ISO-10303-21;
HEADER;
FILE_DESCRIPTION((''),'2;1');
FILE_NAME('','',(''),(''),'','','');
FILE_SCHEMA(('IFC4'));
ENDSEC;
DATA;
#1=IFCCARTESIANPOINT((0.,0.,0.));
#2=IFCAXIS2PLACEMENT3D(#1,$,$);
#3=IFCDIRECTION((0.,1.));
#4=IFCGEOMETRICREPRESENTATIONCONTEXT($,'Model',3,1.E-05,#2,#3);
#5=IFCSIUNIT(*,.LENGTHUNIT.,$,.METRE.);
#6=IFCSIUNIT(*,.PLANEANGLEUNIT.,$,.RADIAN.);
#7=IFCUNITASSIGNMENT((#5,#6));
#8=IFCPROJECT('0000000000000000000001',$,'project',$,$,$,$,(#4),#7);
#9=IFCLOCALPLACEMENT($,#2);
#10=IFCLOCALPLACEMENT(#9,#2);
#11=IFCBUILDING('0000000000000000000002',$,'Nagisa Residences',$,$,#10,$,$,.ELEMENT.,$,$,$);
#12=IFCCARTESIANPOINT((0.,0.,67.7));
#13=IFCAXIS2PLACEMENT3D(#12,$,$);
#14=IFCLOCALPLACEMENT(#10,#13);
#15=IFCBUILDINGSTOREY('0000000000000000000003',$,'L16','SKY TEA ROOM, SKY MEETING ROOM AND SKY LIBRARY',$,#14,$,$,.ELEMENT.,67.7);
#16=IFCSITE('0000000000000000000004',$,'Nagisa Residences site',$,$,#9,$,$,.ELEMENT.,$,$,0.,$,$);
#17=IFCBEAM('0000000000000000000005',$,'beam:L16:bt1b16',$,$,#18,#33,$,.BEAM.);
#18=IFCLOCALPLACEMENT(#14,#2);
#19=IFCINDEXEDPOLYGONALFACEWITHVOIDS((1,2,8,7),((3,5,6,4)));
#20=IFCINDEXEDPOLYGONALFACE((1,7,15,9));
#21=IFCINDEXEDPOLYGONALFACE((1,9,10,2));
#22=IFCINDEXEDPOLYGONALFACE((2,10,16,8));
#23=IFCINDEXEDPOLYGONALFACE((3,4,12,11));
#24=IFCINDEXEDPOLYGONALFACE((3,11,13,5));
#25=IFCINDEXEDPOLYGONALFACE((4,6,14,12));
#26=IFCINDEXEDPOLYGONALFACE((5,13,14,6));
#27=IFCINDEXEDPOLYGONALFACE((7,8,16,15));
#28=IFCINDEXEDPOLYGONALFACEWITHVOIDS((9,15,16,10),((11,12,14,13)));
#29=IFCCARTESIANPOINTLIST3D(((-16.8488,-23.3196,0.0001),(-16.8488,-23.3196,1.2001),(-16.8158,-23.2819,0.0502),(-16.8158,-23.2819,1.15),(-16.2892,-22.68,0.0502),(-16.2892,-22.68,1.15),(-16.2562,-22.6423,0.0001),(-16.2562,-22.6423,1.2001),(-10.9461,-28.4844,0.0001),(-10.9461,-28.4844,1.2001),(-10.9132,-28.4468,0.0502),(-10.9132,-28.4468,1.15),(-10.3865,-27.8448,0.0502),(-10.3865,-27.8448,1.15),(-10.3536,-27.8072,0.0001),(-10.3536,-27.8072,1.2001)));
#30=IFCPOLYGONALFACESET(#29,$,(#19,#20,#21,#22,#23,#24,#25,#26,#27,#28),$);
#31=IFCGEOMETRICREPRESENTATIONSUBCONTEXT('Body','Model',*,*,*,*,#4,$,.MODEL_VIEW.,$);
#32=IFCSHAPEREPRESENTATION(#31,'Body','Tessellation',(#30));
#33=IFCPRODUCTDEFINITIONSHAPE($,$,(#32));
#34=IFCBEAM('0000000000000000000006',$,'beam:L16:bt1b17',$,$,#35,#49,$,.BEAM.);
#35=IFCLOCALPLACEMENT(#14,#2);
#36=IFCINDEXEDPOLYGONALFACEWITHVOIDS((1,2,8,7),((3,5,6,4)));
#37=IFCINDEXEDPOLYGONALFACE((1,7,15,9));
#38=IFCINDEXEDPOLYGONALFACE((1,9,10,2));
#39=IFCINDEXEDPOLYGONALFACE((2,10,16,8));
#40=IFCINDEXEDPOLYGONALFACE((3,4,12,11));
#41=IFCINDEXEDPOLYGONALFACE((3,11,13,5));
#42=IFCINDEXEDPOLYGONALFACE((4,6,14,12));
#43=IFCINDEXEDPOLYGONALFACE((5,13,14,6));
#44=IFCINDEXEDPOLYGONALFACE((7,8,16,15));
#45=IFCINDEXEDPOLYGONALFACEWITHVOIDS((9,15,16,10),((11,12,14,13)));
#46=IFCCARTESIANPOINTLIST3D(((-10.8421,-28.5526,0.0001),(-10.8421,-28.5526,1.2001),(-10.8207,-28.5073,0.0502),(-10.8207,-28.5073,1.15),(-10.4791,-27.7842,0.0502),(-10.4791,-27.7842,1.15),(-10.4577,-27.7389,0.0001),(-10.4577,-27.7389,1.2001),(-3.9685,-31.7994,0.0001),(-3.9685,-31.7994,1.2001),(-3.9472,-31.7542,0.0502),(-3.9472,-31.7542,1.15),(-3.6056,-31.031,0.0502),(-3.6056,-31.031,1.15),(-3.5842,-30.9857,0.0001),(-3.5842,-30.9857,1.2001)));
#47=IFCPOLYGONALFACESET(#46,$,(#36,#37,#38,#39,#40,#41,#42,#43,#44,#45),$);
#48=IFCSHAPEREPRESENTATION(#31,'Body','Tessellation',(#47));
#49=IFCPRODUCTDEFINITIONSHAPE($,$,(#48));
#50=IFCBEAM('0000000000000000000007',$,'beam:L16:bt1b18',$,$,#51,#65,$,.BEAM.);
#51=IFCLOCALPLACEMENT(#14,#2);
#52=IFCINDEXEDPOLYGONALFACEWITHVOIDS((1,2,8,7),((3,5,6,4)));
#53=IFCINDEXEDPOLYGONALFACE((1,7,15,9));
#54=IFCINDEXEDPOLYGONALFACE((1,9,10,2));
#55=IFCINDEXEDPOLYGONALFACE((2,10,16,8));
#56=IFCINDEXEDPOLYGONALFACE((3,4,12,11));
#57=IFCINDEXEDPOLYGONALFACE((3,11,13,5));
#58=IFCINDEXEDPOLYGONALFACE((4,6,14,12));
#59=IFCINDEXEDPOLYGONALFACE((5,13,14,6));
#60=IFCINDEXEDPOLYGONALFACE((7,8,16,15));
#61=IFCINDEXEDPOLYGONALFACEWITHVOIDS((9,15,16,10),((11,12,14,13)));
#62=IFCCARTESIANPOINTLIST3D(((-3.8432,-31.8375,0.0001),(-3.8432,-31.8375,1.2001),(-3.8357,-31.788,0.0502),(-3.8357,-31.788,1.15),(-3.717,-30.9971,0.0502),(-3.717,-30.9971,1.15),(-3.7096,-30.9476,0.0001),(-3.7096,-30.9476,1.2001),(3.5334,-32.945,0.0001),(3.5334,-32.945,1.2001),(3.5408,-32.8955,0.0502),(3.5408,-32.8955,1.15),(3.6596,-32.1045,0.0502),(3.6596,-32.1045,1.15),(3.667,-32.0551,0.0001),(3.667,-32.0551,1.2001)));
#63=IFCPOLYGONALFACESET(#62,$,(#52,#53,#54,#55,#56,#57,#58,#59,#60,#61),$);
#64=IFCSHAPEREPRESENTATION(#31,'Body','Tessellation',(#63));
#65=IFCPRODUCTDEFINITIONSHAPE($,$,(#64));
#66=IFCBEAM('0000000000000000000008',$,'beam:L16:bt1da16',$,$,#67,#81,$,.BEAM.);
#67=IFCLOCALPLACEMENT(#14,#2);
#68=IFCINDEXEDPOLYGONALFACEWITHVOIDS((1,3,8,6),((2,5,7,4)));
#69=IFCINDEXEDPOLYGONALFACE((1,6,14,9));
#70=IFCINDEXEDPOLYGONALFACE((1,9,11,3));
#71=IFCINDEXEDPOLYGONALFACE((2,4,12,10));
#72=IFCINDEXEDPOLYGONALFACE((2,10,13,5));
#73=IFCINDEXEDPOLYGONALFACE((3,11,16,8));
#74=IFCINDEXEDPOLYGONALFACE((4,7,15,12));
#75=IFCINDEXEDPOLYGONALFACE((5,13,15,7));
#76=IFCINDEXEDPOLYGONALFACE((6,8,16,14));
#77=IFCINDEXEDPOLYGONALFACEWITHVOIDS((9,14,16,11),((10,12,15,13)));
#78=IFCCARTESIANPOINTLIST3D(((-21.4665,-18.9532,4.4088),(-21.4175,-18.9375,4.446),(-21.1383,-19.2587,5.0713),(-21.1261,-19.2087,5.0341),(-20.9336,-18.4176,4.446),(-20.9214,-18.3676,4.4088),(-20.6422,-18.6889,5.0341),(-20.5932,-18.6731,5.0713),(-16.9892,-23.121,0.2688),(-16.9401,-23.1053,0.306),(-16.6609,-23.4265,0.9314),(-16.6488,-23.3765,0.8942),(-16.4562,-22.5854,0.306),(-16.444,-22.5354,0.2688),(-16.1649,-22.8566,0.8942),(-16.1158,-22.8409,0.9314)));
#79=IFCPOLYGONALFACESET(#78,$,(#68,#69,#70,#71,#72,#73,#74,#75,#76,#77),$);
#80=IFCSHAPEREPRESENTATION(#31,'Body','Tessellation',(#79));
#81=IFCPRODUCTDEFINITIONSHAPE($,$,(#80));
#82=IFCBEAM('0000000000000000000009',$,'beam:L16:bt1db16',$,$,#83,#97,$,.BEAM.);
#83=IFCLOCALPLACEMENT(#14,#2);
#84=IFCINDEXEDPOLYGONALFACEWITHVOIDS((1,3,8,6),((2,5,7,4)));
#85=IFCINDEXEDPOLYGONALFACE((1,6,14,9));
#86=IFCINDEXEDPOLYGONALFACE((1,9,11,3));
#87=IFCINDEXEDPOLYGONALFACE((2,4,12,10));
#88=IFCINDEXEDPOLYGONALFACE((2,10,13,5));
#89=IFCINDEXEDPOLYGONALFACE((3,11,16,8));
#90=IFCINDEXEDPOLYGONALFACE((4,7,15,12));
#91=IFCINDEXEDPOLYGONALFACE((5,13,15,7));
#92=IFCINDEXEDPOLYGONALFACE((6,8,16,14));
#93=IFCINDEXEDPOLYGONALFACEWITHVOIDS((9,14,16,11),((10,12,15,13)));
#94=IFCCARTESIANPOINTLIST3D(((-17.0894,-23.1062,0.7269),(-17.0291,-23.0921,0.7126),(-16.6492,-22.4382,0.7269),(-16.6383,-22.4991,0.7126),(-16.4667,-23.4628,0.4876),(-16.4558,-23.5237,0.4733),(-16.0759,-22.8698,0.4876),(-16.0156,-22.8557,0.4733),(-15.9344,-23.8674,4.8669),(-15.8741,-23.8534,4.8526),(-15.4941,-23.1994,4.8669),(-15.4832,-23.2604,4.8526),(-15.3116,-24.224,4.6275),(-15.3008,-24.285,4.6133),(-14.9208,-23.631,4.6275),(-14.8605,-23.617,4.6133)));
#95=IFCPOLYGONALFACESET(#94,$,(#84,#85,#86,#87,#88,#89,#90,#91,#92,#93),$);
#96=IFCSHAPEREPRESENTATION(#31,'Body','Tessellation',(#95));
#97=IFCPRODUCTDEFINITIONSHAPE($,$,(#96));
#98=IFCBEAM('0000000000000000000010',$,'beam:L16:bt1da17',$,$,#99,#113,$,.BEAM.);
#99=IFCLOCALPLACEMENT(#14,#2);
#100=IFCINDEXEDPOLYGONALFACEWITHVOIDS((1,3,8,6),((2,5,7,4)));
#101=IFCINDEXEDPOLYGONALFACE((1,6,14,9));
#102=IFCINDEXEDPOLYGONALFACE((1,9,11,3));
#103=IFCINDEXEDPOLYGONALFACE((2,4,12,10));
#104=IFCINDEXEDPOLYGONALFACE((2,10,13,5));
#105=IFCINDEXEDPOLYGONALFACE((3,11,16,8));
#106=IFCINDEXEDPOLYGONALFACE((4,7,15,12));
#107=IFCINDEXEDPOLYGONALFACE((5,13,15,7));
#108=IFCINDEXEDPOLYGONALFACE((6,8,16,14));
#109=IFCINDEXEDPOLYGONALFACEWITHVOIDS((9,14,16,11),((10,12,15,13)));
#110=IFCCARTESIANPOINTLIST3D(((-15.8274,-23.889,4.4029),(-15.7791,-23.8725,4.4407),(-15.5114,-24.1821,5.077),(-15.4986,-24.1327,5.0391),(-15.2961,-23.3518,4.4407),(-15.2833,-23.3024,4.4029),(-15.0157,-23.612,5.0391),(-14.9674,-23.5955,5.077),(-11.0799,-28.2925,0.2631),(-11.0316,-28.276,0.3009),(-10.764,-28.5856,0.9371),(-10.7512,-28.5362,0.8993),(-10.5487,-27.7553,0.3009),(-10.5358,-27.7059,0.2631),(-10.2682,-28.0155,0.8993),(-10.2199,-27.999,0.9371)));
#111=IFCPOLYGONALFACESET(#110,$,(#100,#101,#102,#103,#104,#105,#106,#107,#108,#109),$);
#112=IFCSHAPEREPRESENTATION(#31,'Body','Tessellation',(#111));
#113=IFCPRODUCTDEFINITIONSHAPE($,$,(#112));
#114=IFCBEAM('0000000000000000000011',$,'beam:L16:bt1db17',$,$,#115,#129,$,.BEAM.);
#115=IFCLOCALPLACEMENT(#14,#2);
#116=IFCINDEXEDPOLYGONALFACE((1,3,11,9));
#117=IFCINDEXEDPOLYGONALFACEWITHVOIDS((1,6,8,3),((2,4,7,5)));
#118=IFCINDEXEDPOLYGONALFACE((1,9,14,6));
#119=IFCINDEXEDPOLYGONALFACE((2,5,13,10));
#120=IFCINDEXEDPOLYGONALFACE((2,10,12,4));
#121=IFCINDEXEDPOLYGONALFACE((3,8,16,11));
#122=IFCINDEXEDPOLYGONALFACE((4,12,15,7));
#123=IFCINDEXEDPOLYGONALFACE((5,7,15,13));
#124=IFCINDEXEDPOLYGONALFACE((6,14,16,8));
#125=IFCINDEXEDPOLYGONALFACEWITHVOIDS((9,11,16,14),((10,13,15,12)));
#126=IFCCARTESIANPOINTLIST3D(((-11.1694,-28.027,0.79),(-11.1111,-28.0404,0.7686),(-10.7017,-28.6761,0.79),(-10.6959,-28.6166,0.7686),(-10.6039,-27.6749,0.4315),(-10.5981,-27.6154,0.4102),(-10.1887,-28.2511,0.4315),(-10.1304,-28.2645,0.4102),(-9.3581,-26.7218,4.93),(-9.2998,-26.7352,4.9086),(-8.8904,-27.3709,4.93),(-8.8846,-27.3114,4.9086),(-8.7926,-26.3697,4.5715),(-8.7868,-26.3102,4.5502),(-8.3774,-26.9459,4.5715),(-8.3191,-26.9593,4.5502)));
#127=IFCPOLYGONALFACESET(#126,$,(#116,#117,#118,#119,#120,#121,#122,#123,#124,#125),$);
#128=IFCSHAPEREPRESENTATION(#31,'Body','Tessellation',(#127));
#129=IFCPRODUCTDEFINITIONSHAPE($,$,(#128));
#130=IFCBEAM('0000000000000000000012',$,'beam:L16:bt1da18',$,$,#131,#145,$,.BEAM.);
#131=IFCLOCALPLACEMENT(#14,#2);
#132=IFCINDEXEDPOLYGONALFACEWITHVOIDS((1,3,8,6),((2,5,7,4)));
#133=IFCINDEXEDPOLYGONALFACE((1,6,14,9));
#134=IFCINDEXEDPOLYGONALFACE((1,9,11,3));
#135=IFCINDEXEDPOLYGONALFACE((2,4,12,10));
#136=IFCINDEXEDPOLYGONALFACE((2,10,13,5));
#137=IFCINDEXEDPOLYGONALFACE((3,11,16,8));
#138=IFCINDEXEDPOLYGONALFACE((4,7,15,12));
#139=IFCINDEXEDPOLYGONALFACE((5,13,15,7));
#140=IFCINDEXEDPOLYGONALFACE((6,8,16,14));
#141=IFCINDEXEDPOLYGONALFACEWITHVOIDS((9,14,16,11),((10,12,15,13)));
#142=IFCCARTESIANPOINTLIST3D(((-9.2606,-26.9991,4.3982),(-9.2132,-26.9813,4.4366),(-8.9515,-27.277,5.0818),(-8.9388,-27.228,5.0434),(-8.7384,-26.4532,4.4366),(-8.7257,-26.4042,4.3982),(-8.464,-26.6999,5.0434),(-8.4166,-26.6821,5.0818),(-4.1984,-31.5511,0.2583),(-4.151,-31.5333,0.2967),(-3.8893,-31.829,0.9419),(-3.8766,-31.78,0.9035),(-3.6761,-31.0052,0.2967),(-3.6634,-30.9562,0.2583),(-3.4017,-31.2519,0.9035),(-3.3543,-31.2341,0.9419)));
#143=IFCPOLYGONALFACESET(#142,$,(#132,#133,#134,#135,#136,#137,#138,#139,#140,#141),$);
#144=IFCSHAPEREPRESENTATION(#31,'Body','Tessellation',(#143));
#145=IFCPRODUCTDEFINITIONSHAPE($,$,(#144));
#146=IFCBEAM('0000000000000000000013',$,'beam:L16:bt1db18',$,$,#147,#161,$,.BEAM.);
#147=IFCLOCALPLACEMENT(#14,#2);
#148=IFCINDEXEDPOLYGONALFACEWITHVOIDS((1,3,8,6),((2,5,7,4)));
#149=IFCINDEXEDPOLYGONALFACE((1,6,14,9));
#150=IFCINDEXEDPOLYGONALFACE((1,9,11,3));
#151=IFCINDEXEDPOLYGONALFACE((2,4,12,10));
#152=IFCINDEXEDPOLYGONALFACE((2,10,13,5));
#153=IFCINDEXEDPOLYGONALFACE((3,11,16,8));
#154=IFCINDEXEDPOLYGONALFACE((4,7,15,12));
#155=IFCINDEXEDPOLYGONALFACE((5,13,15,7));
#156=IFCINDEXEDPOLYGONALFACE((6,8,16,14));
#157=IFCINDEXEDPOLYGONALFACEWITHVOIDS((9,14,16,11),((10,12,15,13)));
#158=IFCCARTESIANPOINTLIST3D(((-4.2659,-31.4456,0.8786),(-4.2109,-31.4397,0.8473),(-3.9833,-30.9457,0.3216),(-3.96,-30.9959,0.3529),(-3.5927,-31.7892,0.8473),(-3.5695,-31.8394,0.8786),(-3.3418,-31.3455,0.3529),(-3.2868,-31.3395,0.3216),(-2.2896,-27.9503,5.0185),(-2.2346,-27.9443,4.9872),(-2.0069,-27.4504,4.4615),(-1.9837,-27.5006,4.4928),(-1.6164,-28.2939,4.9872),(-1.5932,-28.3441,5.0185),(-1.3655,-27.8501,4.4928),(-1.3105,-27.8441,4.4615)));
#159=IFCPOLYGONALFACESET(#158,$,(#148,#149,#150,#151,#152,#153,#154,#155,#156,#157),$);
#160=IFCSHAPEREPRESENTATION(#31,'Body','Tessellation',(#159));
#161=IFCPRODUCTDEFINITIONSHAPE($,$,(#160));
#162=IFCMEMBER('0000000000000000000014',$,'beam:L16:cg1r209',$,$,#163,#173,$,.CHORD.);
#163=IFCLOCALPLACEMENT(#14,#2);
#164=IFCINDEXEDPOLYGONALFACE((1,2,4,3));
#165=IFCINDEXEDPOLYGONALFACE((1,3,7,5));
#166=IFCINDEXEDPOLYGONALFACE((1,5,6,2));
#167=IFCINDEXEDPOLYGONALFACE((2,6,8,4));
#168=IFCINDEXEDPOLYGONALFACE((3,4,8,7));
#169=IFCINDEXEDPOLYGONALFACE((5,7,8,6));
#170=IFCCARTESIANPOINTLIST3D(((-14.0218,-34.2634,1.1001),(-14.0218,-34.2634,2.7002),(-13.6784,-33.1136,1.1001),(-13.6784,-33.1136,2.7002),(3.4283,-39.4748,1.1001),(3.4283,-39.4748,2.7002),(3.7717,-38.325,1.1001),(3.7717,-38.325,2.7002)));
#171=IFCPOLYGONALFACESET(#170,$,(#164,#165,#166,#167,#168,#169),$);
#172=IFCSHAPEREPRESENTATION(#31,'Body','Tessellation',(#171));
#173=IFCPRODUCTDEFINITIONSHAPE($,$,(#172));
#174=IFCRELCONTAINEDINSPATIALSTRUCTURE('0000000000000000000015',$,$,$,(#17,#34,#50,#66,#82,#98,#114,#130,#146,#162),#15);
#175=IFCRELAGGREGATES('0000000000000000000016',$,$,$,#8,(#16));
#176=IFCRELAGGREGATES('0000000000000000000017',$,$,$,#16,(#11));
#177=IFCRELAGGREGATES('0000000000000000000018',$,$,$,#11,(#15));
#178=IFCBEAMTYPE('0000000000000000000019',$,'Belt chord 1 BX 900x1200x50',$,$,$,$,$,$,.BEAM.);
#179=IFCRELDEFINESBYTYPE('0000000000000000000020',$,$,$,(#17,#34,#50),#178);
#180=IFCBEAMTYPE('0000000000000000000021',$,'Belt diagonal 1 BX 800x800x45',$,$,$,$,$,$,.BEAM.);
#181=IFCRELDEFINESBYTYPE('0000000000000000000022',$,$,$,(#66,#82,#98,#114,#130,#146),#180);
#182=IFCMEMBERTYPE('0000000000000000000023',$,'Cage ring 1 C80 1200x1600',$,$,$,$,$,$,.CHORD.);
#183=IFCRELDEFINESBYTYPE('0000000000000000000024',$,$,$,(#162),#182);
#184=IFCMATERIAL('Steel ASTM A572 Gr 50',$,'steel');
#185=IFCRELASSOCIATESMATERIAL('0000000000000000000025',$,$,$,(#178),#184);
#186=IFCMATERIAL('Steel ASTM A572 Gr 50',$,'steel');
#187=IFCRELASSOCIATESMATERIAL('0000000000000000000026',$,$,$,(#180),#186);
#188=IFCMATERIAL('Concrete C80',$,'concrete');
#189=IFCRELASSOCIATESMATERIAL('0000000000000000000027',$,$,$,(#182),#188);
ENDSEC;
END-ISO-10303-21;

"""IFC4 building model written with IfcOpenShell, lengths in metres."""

from ifc_helpers import new_model, si_unit, direction, frame, origin, origin_2d, place, context, subcontext, project, spatial, rectangle, hollow_rectangle, extrude, material, material_profile, profile_set, type_object, element, save


model = new_model("IFC4")

# Units and contexts
model_context = context("Model", 3, precision=1e-05, world=origin(), true_north=direction((0.0, 1.0)))
body_context = subcontext(model_context, "Body", "Model", "MODEL_VIEW")
ifc_project = project(units=[si_unit("LENGTHUNIT", "METRE"), si_unit("PLANEANGLEUNIT", "RADIAN")], contexts=[model_context])

# Site, building, storey
site_placement = place(None, origin())
site = spatial("IfcSite", under=ifc_project, at=site_placement, Name="Nagisa Residences site", CompositionType="ELEMENT", RefElevation=0.0)
building_placement = place(site_placement, origin())
building = spatial("IfcBuilding", under=site, at=building_placement, Name="Nagisa Residences", CompositionType="ELEMENT")
storey_placement = place(building_placement, frame((0.0, 0.0, 67.7)))
storey = spatial("IfcBuildingStorey", under=building, at=storey_placement, Name="L16", Description="SKY TEA ROOM, SKY MEETING ROOM AND SKY LIBRARY", CompositionType="ELEMENT", Elevation=67.7)

# Beams
ifc_material_1 = material(Name="Steel ASTM A572 Gr 50", Category="steel")
ifc_material_profile_1 = material_profile(ifc_material_1, hollow_rectangle(XDim=0.8999, YDim=1.2, WallThickness=0.05, at=origin_2d()), Name="BX 900x1200x50")
ifc_profile_set_1 = profile_set([ifc_material_profile_1], Name="Steel ASTM A572 Gr 50")
beam_type_1 = type_object("IfcBeamType", Name="Belt chord 1 BX 900x1200x50", PredefinedType="BEAM", material=ifc_profile_set_1)
beam_1_placement = place(storey_placement, frame((-16.5525, -22.981, 0.6001), z_axis=(0.752575, -0.658507, 0.0), x_axis=(0.658507, 0.752575, 0.0)))
element("IfcBeam", 1, at=beam_1_placement, inside=storey, type_object=beam_type_1, Name="beam:L16:bt1b16", PredefinedType="BEAM", context=body_context, shape_type="SweptSolid", body=[
    extrude(hollow_rectangle(XDim=0.8999, YDim=1.2, WallThickness=0.05, at=origin_2d()), origin(), (0.0, 0.0, 1.0), 7.8433),
])
beam_2_placement = place(storey_placement, frame((-10.6499, -28.1458, 0.6001), z_axis=(0.904198, -0.427113, 0.0), x_axis=(0.427113, 0.904198, 0.0)))
element("IfcBeam", 2, at=beam_2_placement, inside=storey, type_object=beam_type_1, Name="beam:L16:bt1b17", PredefinedType="BEAM", context=body_context, shape_type="SweptSolid", body=[
    extrude(hollow_rectangle(XDim=0.8999, YDim=1.2, WallThickness=0.05, at=origin_2d()), origin(), (0.0, 0.0, 1.0), 7.6018),
])
beam_3_placement = place(storey_placement, frame((-3.7764, -31.3926, 0.6001), z_axis=(0.988918, -0.148465, 0.0), x_axis=(0.148465, 0.988918, 0.0)))
element("IfcBeam", 3, at=beam_3_placement, inside=storey, type_object=beam_type_1, Name="beam:L16:bt1b18", PredefinedType="BEAM", context=body_context, shape_type="SweptSolid", body=[
    extrude(hollow_rectangle(XDim=0.8999, YDim=1.2, WallThickness=0.05, at=origin_2d()), origin(), (0.0, 0.0, 1.0), 7.4592),
])
ifc_material_2 = material(Name="Steel ASTM A572 Gr 50", Category="steel")
ifc_material_profile_2 = material_profile(ifc_material_2, hollow_rectangle(XDim=0.8, YDim=0.8, WallThickness=0.0449, at=origin_2d()), Name="BX 800x800x45")
ifc_profile_set_2 = profile_set([ifc_material_profile_2], Name="Steel ASTM A572 Gr 50")
beam_type_2 = type_object("IfcBeamType", Name="Belt diagonal 1 BX 800x800x45", PredefinedType="BEAM", material=ifc_profile_set_2)
beam_4_placement = place(storey_placement, frame((-16.5525, -22.981, 0.6001), z_axis=(-0.606177, 0.564264, 0.560496), x_axis=(-0.681349, -0.731958, 0.0)))
element("IfcBeam", 4, at=beam_4_placement, inside=storey, type_object=beam_type_2, Name="beam:L16:bt1da16", PredefinedType="BEAM", context=body_context, shape_type="SweptSolid", body=[
    extrude(hollow_rectangle(XDim=0.8, YDim=0.8, WallThickness=0.0449, at=origin_2d()), origin(), (0.0, 0.0, 1.0), 7.3862),
])
beam_5_placement = place(storey_placement, frame((-16.5525, -22.981, 0.6001), z_axis=(0.264618, -0.174398, 0.948453), x_axis=(0.550294, 0.834971, 0.0)))
element("IfcBeam", 5, at=beam_5_placement, inside=storey, type_object=beam_type_2, Name="beam:L16:bt1db16", PredefinedType="BEAM", context=body_context, shape_type="SweptSolid", body=[
    extrude(hollow_rectangle(XDim=0.8, YDim=0.8, WallThickness=0.0449, at=origin_2d()), origin(), (0.0, 0.0, 1.0), 4.365),
])
beam_6_placement = place(storey_placement, frame((-10.6499, -28.1458, 0.6001), z_axis=(-0.617716, 0.572958, 0.538651), x_axis=(-0.680046, -0.733169, 0.0)))
element("IfcBeam", 6, at=beam_6_placement, inside=storey, type_object=beam_type_2, Name="beam:L16:bt1da17", PredefinedType="BEAM", context=body_context, shape_type="SweptSolid", body=[
    extrude(hollow_rectangle(XDim=0.8, YDim=0.8, WallThickness=0.0449, at=origin_2d()), origin(), (0.0, 0.0, 1.0), 7.6855),
])
beam_7_placement = place(storey_placement, frame((-10.6499, -28.1458, 0.6001), z_axis=(0.385092, 0.27749, 0.880172), x_axis=(-0.584616, 0.81131, 0.0)))
element("IfcBeam", 7, at=beam_7_placement, inside=storey, type_object=beam_type_2, Name="beam:L16:bt1db17", PredefinedType="BEAM", context=body_context, shape_type="SweptSolid", body=[
    extrude(hollow_rectangle(XDim=0.8, YDim=0.8, WallThickness=0.0449, at=origin_2d()), origin(), (0.0, 0.0, 1.0), 4.7036),
])
beam_8_placement = place(storey_placement, frame((-3.7764, -31.3926, 0.6001), z_axis=(-0.635339, 0.5713, 0.519578), x_axis=(-0.668638, -0.743588, 0.0)))
element("IfcBeam", 8, at=beam_8_placement, inside=storey, type_object=beam_type_2, Name="beam:L16:bt1da18", PredefinedType="BEAM", context=body_context, shape_type="SweptSolid", body=[
    extrude(hollow_rectangle(XDim=0.8, YDim=0.8, WallThickness=0.0449, at=origin_2d()), origin(), (0.0, 0.0, 1.0), 7.9678),
])
beam_9_placement = place(storey_placement, frame((-3.7764, -31.3926, 0.6001), z_axis=(0.342675, 0.606062, 0.717818), x_axis=(-0.87049, 0.492185, 0.0)))
element("IfcBeam", 9, at=beam_9_placement, inside=storey, type_object=beam_type_2, Name="beam:L16:bt1db18", PredefinedType="BEAM", context=body_context, shape_type="SweptSolid", body=[
    extrude(hollow_rectangle(XDim=0.8, YDim=0.8, WallThickness=0.0449, at=origin_2d()), origin(), (0.0, 0.0, 1.0), 5.7673),
])

# Member
ifc_material_3 = material(Name="Concrete C80", Category="concrete")
ifc_material_profile_3 = material_profile(ifc_material_3, rectangle(XDim=1.2, YDim=1.6001, at=origin_2d()), Name="C80 1200x1600")
ifc_profile_set_3 = profile_set([ifc_material_profile_3], Name="Concrete C80")
member_type_1 = type_object("IfcMemberType", Name="Cage ring 1 C80 1200x1600", PredefinedType="CHORD", material=ifc_profile_set_3)
member_1_placement = place(storey_placement, frame((-13.8501, -33.6885, 1.9001), z_axis=(0.958183, -0.286157, 0.0), x_axis=(0.286157, 0.958183, 0.0)))
element("IfcMember", 10, at=member_1_placement, inside=storey, type_object=member_type_1, Name="beam:L16:cg1r209", PredefinedType="CHORD", context=body_context, shape_type="SweptSolid", body=[
    extrude(rectangle(XDim=1.2, YDim=1.6001, at=origin_2d()), origin(), (0.0, 0.0, 1.0), 18.2117),
])

save(model, "model.ifc")
